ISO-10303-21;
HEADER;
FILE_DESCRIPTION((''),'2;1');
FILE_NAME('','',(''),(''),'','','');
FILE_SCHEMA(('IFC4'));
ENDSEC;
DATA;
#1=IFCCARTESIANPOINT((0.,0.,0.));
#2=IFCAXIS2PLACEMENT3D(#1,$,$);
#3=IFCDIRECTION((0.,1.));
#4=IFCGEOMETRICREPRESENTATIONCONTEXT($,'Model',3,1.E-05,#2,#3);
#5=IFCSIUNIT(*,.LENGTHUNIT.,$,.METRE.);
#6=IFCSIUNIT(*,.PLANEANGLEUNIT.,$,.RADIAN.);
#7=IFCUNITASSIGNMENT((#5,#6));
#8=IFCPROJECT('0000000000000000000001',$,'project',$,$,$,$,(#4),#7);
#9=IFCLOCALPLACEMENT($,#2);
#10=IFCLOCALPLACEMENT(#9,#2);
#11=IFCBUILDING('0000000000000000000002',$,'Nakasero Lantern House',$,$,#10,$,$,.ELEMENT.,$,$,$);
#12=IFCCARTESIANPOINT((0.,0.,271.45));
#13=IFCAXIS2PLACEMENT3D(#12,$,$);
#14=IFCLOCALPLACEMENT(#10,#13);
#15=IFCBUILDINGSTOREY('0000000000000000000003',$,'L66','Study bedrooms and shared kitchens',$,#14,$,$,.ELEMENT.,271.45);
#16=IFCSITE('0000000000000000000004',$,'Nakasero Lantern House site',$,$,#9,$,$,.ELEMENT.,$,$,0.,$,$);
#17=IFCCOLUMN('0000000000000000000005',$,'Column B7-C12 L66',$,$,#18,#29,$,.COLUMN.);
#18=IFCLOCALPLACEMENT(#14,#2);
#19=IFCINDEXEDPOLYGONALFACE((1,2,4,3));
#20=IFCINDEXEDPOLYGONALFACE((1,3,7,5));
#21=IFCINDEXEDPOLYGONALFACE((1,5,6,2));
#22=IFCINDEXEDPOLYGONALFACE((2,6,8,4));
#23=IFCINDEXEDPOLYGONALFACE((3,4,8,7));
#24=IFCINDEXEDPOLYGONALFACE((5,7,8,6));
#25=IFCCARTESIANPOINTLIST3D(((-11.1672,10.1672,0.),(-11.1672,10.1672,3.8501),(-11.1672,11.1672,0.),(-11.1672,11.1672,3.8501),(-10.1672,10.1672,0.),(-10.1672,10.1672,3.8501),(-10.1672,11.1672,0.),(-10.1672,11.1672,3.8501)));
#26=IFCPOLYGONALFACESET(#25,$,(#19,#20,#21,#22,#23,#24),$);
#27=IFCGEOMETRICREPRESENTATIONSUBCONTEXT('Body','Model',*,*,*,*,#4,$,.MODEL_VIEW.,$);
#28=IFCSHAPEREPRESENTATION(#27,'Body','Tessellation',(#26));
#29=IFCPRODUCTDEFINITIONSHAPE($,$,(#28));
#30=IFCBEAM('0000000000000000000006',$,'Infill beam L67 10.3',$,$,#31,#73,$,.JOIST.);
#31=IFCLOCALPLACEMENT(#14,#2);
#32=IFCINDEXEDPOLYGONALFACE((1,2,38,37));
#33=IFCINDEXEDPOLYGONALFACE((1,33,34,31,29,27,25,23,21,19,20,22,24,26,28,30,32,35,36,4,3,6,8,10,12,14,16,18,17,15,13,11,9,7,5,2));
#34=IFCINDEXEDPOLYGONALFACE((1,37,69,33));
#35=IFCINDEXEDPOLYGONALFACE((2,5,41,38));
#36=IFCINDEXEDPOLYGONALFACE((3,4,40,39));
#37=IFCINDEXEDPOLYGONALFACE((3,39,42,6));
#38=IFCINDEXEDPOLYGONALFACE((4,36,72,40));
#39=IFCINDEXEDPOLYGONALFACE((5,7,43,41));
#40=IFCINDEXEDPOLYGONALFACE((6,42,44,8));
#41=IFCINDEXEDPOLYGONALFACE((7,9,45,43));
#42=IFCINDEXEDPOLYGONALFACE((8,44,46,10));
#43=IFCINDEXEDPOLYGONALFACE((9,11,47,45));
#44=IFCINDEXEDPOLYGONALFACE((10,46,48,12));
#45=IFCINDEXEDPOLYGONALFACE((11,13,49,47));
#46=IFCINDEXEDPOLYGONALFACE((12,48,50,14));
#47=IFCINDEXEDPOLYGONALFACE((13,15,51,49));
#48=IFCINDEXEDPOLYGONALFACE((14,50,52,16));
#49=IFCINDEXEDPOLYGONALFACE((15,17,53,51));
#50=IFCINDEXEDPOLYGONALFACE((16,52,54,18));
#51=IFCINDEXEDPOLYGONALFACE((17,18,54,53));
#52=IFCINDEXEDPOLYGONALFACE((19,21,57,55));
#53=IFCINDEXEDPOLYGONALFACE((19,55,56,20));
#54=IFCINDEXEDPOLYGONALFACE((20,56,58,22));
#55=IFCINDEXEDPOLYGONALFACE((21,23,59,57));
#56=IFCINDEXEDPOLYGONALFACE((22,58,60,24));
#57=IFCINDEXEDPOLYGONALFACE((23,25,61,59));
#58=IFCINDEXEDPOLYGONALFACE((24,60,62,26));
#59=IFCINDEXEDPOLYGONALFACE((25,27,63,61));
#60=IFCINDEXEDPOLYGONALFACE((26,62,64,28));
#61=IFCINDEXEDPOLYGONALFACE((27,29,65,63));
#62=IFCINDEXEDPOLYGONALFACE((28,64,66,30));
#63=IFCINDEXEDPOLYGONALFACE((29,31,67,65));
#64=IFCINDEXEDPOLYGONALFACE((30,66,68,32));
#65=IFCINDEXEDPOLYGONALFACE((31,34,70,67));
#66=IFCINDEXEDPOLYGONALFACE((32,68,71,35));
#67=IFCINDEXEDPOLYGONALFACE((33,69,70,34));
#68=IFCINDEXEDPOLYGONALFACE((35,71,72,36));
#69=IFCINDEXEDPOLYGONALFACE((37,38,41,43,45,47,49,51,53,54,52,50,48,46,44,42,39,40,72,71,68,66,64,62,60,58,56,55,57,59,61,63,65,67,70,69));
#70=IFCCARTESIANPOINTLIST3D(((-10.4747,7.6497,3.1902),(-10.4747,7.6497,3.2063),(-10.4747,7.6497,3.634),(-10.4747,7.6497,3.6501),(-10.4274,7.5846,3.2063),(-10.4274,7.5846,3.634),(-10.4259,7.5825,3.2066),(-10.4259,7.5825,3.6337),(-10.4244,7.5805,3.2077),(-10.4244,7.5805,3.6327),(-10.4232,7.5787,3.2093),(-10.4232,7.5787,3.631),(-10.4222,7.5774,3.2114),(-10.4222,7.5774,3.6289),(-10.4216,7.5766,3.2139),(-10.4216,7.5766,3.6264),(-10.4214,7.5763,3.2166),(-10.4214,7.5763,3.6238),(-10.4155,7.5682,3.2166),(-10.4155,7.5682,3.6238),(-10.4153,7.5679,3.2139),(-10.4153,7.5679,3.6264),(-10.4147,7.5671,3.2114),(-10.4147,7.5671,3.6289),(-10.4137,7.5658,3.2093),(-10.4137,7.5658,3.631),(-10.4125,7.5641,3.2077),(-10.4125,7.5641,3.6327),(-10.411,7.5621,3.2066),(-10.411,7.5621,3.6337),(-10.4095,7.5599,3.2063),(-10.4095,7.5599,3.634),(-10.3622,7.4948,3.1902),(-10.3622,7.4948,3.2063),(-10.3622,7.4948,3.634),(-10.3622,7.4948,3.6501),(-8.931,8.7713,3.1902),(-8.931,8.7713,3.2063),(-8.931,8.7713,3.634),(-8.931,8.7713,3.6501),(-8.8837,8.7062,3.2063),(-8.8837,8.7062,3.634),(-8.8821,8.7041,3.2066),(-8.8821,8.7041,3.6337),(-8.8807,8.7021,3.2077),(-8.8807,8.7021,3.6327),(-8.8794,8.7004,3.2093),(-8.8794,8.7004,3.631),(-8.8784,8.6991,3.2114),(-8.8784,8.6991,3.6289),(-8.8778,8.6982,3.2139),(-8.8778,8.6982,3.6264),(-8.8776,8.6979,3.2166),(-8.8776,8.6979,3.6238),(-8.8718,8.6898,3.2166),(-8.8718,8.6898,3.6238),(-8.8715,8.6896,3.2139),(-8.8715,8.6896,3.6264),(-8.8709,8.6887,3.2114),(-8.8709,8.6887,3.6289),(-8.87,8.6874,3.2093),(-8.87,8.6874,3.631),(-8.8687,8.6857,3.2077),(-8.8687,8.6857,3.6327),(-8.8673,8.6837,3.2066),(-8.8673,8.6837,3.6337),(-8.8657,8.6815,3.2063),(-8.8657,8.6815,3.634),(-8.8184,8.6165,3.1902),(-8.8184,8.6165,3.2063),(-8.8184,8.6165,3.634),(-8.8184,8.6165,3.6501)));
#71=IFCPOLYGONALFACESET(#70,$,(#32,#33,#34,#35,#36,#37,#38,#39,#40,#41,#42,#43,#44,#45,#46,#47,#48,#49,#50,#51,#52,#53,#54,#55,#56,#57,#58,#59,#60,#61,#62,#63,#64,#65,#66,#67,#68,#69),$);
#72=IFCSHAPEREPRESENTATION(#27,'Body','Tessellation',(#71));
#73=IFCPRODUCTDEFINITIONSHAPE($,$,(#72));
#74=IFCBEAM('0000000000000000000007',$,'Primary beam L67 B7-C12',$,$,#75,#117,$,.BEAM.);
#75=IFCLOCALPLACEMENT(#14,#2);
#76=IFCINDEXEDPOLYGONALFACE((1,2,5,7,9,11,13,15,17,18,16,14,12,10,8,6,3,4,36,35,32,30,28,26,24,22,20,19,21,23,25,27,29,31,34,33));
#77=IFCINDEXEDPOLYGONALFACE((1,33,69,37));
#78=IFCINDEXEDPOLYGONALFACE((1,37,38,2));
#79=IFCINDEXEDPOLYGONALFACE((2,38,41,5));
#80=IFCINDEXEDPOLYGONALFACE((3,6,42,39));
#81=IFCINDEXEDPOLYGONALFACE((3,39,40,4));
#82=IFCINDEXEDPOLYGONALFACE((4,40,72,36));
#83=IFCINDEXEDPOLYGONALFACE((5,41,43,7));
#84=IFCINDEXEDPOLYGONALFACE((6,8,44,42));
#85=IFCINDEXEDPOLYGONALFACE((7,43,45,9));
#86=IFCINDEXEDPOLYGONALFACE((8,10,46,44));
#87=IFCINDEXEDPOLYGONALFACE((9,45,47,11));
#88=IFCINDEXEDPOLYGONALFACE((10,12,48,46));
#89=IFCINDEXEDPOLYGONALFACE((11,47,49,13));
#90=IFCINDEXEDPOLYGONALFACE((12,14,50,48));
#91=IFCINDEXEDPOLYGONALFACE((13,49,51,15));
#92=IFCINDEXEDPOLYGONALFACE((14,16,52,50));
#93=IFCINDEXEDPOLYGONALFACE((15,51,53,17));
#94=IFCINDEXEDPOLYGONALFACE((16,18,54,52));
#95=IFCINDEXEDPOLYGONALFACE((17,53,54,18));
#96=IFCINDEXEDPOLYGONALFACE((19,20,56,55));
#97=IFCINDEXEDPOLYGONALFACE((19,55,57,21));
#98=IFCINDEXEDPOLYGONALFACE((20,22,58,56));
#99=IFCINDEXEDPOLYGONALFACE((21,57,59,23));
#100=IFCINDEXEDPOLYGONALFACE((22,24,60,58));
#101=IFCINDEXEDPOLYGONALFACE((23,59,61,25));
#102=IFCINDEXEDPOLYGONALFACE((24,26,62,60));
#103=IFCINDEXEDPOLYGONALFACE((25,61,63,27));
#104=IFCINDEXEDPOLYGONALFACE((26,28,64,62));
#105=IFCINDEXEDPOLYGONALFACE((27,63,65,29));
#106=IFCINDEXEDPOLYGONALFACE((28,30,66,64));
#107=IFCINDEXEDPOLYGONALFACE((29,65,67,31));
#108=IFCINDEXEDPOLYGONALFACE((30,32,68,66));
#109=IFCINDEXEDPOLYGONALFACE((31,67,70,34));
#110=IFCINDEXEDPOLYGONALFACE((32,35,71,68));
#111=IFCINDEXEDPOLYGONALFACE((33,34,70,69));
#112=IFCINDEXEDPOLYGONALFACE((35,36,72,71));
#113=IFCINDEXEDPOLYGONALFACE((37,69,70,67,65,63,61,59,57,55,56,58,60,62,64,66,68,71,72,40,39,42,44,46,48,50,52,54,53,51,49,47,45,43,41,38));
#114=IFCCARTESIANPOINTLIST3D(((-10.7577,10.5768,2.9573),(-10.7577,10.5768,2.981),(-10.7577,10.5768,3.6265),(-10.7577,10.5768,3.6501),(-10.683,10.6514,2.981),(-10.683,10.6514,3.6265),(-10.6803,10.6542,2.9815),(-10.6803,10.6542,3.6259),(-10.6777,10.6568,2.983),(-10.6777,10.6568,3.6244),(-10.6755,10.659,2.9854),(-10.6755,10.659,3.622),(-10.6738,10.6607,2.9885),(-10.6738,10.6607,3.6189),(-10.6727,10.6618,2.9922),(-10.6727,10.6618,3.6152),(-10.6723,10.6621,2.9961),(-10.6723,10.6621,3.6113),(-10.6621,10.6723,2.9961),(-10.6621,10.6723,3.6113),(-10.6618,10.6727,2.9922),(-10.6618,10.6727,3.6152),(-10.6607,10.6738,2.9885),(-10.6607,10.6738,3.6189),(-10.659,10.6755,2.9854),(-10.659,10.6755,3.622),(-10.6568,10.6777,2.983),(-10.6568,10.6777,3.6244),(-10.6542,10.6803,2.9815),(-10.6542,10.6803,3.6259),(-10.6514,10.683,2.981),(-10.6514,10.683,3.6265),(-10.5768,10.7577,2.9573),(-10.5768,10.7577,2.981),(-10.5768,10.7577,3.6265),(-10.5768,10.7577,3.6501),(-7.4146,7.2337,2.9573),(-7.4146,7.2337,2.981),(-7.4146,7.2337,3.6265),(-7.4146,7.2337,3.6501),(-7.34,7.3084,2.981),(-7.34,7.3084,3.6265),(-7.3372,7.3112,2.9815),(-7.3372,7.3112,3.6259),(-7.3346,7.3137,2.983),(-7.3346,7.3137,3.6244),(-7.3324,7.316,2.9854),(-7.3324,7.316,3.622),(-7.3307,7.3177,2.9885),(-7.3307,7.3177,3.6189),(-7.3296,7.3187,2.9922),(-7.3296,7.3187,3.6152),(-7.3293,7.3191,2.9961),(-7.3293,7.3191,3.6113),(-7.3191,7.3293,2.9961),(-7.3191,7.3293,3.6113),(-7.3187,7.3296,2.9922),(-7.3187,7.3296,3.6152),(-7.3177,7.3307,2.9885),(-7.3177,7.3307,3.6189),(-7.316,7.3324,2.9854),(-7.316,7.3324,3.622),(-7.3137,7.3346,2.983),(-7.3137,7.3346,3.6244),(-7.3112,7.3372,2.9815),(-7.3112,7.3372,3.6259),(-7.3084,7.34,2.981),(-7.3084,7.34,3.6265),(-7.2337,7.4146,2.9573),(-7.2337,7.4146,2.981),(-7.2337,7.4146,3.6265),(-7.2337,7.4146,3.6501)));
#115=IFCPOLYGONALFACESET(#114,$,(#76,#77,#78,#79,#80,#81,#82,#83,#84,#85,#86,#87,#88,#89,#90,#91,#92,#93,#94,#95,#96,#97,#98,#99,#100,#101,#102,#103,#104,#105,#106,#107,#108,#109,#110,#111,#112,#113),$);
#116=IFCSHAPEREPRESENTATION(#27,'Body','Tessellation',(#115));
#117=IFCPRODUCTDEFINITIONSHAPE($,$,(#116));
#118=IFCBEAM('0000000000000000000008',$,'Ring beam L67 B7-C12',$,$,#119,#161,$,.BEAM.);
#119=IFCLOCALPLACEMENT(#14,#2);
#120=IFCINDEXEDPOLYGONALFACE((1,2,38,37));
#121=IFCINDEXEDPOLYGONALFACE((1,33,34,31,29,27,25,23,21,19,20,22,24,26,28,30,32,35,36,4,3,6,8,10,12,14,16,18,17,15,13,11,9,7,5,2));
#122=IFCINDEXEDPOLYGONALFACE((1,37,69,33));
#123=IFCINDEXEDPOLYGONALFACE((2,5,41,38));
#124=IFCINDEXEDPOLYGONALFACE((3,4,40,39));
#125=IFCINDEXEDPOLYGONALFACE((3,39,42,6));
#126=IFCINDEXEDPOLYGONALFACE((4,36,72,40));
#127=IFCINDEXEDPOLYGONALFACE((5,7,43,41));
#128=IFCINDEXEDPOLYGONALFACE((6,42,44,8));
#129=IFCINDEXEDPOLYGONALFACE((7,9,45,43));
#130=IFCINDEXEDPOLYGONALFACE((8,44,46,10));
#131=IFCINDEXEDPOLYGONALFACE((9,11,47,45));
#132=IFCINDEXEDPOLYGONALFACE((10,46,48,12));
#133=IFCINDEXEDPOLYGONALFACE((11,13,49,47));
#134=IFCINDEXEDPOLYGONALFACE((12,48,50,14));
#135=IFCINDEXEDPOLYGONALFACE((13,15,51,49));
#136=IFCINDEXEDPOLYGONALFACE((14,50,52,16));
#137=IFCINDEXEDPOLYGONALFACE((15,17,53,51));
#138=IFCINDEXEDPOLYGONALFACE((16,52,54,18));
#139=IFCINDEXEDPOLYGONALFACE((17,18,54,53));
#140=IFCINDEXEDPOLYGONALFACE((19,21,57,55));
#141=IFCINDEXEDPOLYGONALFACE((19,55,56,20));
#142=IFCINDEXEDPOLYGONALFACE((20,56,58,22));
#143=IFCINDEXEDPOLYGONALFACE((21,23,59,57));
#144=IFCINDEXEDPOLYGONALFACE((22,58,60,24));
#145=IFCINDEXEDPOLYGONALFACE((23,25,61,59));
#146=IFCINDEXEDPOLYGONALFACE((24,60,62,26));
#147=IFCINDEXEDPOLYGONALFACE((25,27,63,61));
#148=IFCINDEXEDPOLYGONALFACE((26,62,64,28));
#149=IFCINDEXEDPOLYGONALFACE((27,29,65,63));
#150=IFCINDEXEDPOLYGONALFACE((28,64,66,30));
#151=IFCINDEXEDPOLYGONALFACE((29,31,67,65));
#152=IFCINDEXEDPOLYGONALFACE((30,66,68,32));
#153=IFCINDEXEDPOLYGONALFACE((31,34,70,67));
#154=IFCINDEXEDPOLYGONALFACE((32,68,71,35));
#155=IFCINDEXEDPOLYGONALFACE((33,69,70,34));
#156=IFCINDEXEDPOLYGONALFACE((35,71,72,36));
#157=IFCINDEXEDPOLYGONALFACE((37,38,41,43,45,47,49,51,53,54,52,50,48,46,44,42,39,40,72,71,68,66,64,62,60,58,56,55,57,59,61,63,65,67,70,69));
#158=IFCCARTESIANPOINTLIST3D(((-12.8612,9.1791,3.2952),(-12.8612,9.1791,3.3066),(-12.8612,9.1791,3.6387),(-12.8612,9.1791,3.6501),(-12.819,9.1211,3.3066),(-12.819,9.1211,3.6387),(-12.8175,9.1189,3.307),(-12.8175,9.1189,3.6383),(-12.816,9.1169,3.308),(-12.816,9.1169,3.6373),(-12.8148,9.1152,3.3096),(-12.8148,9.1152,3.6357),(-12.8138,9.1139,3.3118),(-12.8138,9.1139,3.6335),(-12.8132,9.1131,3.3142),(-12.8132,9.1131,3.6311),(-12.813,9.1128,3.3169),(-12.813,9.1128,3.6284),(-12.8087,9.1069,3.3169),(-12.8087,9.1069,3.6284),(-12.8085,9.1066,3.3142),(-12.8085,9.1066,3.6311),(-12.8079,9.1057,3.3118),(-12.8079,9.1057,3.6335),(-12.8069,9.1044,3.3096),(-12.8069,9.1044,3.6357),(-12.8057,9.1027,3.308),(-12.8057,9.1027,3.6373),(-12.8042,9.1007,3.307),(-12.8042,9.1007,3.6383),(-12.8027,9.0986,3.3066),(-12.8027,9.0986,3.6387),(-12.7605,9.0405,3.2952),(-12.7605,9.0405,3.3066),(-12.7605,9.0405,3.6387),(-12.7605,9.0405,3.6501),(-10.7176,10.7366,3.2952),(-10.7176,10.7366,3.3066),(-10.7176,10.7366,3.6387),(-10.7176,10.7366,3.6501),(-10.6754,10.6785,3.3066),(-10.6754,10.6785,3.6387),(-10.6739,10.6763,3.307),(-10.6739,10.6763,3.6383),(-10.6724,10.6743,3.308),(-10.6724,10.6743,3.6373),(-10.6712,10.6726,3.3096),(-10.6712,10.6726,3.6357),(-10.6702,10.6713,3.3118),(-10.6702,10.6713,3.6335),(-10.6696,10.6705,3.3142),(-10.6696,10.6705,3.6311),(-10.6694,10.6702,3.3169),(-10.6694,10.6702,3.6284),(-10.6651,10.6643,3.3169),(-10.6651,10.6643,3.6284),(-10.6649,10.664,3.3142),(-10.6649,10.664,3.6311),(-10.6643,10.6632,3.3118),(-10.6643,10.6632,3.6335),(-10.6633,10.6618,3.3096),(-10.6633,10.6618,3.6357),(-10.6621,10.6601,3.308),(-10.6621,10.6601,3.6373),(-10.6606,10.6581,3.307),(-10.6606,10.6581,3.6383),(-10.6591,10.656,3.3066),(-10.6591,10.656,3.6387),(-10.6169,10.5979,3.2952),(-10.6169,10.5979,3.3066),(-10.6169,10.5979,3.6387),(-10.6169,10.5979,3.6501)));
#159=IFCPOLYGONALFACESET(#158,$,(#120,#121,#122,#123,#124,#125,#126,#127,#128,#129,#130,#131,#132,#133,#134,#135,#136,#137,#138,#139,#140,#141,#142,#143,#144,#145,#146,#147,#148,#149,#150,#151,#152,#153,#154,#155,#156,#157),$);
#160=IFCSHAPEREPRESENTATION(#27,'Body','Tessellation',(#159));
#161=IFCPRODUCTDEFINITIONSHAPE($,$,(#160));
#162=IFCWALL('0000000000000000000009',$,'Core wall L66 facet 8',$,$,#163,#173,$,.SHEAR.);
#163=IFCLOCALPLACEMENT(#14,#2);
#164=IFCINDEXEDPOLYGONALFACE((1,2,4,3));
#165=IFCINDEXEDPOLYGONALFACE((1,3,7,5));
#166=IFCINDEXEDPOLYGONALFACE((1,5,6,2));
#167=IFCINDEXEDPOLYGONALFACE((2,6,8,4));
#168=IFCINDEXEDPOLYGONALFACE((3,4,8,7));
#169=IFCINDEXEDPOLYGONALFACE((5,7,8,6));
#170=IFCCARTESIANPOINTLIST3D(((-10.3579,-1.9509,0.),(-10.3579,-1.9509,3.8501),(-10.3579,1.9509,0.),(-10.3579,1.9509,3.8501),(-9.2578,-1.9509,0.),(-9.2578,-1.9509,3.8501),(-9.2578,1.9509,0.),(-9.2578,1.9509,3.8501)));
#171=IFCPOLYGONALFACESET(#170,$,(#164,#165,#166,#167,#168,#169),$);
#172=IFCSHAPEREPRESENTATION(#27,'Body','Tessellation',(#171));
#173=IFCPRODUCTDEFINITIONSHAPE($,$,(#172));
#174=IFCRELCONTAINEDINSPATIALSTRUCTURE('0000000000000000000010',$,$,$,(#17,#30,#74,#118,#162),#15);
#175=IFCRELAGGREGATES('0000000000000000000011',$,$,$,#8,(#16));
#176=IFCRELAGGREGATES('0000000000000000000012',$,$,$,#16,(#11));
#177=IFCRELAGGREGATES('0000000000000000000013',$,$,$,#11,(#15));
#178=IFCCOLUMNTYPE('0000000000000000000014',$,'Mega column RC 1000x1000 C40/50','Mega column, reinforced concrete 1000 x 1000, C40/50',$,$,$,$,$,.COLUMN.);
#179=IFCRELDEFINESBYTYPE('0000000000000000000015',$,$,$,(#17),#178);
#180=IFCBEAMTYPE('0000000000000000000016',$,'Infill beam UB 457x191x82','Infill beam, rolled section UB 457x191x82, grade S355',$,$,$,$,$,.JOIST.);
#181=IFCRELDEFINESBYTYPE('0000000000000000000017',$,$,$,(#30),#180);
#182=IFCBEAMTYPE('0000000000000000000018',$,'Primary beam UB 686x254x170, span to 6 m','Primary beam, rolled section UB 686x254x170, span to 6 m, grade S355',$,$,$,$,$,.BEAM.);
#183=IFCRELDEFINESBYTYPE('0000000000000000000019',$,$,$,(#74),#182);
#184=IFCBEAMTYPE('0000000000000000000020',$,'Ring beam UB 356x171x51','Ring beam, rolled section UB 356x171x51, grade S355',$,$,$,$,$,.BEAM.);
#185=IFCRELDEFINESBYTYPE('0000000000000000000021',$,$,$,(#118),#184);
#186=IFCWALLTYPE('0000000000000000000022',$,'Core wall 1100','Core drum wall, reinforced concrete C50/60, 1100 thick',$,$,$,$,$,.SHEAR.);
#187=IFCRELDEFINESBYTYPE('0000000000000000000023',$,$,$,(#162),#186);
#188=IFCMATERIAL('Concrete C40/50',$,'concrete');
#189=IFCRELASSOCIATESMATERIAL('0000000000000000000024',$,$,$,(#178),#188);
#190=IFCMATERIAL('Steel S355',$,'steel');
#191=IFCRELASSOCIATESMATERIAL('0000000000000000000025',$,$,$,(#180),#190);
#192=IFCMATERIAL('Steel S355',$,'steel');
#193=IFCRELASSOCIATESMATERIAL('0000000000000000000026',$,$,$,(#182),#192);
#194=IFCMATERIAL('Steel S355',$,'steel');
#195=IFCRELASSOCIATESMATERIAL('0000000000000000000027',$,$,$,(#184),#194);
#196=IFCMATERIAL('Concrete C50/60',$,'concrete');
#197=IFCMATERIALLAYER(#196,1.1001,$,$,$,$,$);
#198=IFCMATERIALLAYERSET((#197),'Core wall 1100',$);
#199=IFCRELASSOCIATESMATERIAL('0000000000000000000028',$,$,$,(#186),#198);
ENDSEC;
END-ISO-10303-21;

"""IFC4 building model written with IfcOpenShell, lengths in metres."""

from ifc_helpers import new_model, si_unit, direction, frame, frame_2d, origin, origin_2d, place, context, subcontext, project, spatial, rectangle, i_section, extrude, material, layer, layer_set, material_profile, profile_set, type_object, element, save


model = new_model("IFC4")

# Units and contexts
model_context = context("Model", 3, precision=1e-05, world=origin(), true_north=direction((0.0, 1.0)))
body_context = subcontext(model_context, "Body", "Model", "MODEL_VIEW")
ifc_project = project(units=[si_unit("LENGTHUNIT", "METRE"), si_unit("PLANEANGLEUNIT", "RADIAN")], contexts=[model_context])

# Site, building, storey
site_placement = place(None, origin())
site = spatial("IfcSite", under=ifc_project, at=site_placement, Name="Nakasero Lantern House site", CompositionType="ELEMENT", RefElevation=0.0)
building_placement = place(site_placement, origin())
building = spatial("IfcBuilding", under=site, at=building_placement, Name="Nakasero Lantern House", CompositionType="ELEMENT")
storey_placement = place(building_placement, frame((0.0, 0.0, 271.45)))
storey = spatial("IfcBuildingStorey", under=building, at=storey_placement, Name="L66", Description="Study bedrooms and shared kitchens", CompositionType="ELEMENT", Elevation=271.45)

# Column
ifc_material_1 = material(Name="Concrete C40/50", Category="concrete")
ifc_material_profile_1 = material_profile(ifc_material_1, rectangle(XDim=1.0, YDim=1.0, at=origin_2d()), Name="RC 1000x1000")
ifc_profile_set_1 = profile_set([ifc_material_profile_1], Name="Concrete C40/50")
column_type = type_object("IfcColumnType", Name="Mega column RC 1000x1000 C40/50", Description="Mega column, reinforced concrete 1000 x 1000, C40/50", PredefinedType="COLUMN", material=ifc_profile_set_1)
column_placement = place(storey_placement, frame((-10.6672, 10.6672, 0.0), z_axis=(0.0, 0.0, 1.0), x_axis=(1.0, 0.0, 0.0)))
element("IfcColumn", 1, at=column_placement, inside=storey, type_object=column_type, Name="Column B7-C12 L66", PredefinedType="COLUMN", context=body_context, shape_type="SweptSolid", body=[
    extrude(rectangle(XDim=1.0, YDim=1.0, at=origin_2d()), origin(), (0.0, 0.0, 1.0), 3.8501),
])

# Beams
ifc_material_2 = material(Name="Steel S355", Category="steel")
ifc_material_profile_2 = material_profile(ifc_material_2, i_section(OverallWidth=0.1914, OverallDepth=0.46, WebThickness=0.01, FlangeThickness=0.0161, FilletRadius=0.0103, at=origin_2d()), Name="UB 457x191x82")
ifc_profile_set_2 = profile_set([ifc_material_profile_2], Name="Steel S355")
beam_type_1 = type_object("IfcBeamType", Name="Infill beam UB 457x191x82", Description="Infill beam, rolled section UB 457x191x82, grade S355", PredefinedType="JOIST", material=ifc_profile_set_2)
beam_1_placement = place(storey_placement, frame((-10.4185, 7.5723, 3.4202), z_axis=(0.809013, 0.587791, 0.0), x_axis=(-0.587791, 0.809013, 0.0)))
element("IfcBeam", 2, at=beam_1_placement, inside=storey, type_object=beam_type_1, Name="Infill beam L67 10.3", PredefinedType="JOIST", context=body_context, shape_type="SweptSolid", body=[
    extrude(i_section(OverallWidth=0.1914, OverallDepth=0.46, WebThickness=0.01, FlangeThickness=0.0161, FilletRadius=0.0103, at=origin_2d()), origin(), (0.0, 0.0, 1.0), 1.9082),
])
ifc_material_3 = material(Name="Steel S355", Category="steel")
ifc_material_profile_3 = material_profile(ifc_material_3, i_section(OverallWidth=0.2559, OverallDepth=0.6929, WebThickness=0.0144, FlangeThickness=0.0237, FilletRadius=0.0151, at=origin_2d()), Name="UB 686x254x170")
ifc_profile_set_3 = profile_set([ifc_material_profile_3], Name="Steel S355")
beam_type_2 = type_object("IfcBeamType", Name="Primary beam UB 686x254x170, span to 6 m", Description="Primary beam, rolled section UB 686x254x170, span to 6 m, grade S355", PredefinedType="BEAM", material=ifc_profile_set_3)
beam_2_placement = place(storey_placement, frame((-10.6672, 10.6672, 3.3037), z_axis=(0.707107, -0.707107, 0.0), x_axis=(0.707107, 0.707107, 0.0)))
element("IfcBeam", 3, at=beam_2_placement, inside=storey, type_object=beam_type_2, Name="Primary beam L67 B7-C12", PredefinedType="BEAM", context=body_context, shape_type="SweptSolid", body=[
    extrude(i_section(OverallWidth=0.2559, OverallDepth=0.6929, WebThickness=0.0144, FlangeThickness=0.0237, FilletRadius=0.0151, at=origin_2d()), origin(), (0.0, 0.0, 1.0), 4.7278),
])
ifc_material_4 = material(Name="Steel S355", Category="steel")
ifc_material_profile_4 = material_profile(ifc_material_4, i_section(OverallWidth=0.1714, OverallDepth=0.355, WebThickness=0.0073, FlangeThickness=0.0115, FilletRadius=0.0103, at=origin_2d()), Name="UB 356x171x51")
ifc_profile_set_4 = profile_set([ifc_material_profile_4], Name="Steel S355")
beam_type_3 = type_object("IfcBeamType", Name="Ring beam UB 356x171x51", Description="Ring beam, rolled section UB 356x171x51, grade S355", PredefinedType="BEAM", material=ifc_profile_set_4)
beam_3_placement = place(storey_placement, frame((-10.6672, 10.6672, 3.4727), z_axis=(-0.809019, -0.587783, 0.0), x_axis=(0.587783, -0.809019, 0.0)))
element("IfcBeam", 4, at=beam_3_placement, inside=storey, type_object=beam_type_3, Name="Ring beam L67 B7-C12", PredefinedType="BEAM", context=body_context, shape_type="SweptSolid", body=[
    extrude(i_section(OverallWidth=0.1714, OverallDepth=0.355, WebThickness=0.0073, FlangeThickness=0.0115, FilletRadius=0.0103, at=origin_2d()), origin(), (0.0, 0.0, 1.0), 2.6497),
])

# Wall
ifc_material_5 = material(Name="Concrete C50/60", Category="concrete")
ifc_layer_1 = layer(ifc_material_5, 1.1001)
ifc_layer_set_1 = layer_set([ifc_layer_1], Name="Core wall 1100")
wall_type_1 = type_object("IfcWallType", Name="Core wall 1100", Description="Core drum wall, reinforced concrete C50/60, 1100 thick", PredefinedType="SHEAR", material=ifc_layer_set_1)
wall_1_placement = place(storey_placement, frame((-9.8079, 1.9509, 0.0), z_axis=(0.0, 0.0, 1.0), x_axis=(0.0, -1.0, 0.0)))
element("IfcWall", 5, at=wall_1_placement, inside=storey, type_object=wall_type_1, Name="Core wall L66 facet 8", PredefinedType="SHEAR", context=body_context, shape_type="SweptSolid", body=[
    extrude(rectangle(XDim=3.9019, YDim=1.1001, at=frame_2d((1.9509, 0.0))), origin(), (0.0, 0.0, 1.0), 3.8501),
])

save(model, "model.ifc")
